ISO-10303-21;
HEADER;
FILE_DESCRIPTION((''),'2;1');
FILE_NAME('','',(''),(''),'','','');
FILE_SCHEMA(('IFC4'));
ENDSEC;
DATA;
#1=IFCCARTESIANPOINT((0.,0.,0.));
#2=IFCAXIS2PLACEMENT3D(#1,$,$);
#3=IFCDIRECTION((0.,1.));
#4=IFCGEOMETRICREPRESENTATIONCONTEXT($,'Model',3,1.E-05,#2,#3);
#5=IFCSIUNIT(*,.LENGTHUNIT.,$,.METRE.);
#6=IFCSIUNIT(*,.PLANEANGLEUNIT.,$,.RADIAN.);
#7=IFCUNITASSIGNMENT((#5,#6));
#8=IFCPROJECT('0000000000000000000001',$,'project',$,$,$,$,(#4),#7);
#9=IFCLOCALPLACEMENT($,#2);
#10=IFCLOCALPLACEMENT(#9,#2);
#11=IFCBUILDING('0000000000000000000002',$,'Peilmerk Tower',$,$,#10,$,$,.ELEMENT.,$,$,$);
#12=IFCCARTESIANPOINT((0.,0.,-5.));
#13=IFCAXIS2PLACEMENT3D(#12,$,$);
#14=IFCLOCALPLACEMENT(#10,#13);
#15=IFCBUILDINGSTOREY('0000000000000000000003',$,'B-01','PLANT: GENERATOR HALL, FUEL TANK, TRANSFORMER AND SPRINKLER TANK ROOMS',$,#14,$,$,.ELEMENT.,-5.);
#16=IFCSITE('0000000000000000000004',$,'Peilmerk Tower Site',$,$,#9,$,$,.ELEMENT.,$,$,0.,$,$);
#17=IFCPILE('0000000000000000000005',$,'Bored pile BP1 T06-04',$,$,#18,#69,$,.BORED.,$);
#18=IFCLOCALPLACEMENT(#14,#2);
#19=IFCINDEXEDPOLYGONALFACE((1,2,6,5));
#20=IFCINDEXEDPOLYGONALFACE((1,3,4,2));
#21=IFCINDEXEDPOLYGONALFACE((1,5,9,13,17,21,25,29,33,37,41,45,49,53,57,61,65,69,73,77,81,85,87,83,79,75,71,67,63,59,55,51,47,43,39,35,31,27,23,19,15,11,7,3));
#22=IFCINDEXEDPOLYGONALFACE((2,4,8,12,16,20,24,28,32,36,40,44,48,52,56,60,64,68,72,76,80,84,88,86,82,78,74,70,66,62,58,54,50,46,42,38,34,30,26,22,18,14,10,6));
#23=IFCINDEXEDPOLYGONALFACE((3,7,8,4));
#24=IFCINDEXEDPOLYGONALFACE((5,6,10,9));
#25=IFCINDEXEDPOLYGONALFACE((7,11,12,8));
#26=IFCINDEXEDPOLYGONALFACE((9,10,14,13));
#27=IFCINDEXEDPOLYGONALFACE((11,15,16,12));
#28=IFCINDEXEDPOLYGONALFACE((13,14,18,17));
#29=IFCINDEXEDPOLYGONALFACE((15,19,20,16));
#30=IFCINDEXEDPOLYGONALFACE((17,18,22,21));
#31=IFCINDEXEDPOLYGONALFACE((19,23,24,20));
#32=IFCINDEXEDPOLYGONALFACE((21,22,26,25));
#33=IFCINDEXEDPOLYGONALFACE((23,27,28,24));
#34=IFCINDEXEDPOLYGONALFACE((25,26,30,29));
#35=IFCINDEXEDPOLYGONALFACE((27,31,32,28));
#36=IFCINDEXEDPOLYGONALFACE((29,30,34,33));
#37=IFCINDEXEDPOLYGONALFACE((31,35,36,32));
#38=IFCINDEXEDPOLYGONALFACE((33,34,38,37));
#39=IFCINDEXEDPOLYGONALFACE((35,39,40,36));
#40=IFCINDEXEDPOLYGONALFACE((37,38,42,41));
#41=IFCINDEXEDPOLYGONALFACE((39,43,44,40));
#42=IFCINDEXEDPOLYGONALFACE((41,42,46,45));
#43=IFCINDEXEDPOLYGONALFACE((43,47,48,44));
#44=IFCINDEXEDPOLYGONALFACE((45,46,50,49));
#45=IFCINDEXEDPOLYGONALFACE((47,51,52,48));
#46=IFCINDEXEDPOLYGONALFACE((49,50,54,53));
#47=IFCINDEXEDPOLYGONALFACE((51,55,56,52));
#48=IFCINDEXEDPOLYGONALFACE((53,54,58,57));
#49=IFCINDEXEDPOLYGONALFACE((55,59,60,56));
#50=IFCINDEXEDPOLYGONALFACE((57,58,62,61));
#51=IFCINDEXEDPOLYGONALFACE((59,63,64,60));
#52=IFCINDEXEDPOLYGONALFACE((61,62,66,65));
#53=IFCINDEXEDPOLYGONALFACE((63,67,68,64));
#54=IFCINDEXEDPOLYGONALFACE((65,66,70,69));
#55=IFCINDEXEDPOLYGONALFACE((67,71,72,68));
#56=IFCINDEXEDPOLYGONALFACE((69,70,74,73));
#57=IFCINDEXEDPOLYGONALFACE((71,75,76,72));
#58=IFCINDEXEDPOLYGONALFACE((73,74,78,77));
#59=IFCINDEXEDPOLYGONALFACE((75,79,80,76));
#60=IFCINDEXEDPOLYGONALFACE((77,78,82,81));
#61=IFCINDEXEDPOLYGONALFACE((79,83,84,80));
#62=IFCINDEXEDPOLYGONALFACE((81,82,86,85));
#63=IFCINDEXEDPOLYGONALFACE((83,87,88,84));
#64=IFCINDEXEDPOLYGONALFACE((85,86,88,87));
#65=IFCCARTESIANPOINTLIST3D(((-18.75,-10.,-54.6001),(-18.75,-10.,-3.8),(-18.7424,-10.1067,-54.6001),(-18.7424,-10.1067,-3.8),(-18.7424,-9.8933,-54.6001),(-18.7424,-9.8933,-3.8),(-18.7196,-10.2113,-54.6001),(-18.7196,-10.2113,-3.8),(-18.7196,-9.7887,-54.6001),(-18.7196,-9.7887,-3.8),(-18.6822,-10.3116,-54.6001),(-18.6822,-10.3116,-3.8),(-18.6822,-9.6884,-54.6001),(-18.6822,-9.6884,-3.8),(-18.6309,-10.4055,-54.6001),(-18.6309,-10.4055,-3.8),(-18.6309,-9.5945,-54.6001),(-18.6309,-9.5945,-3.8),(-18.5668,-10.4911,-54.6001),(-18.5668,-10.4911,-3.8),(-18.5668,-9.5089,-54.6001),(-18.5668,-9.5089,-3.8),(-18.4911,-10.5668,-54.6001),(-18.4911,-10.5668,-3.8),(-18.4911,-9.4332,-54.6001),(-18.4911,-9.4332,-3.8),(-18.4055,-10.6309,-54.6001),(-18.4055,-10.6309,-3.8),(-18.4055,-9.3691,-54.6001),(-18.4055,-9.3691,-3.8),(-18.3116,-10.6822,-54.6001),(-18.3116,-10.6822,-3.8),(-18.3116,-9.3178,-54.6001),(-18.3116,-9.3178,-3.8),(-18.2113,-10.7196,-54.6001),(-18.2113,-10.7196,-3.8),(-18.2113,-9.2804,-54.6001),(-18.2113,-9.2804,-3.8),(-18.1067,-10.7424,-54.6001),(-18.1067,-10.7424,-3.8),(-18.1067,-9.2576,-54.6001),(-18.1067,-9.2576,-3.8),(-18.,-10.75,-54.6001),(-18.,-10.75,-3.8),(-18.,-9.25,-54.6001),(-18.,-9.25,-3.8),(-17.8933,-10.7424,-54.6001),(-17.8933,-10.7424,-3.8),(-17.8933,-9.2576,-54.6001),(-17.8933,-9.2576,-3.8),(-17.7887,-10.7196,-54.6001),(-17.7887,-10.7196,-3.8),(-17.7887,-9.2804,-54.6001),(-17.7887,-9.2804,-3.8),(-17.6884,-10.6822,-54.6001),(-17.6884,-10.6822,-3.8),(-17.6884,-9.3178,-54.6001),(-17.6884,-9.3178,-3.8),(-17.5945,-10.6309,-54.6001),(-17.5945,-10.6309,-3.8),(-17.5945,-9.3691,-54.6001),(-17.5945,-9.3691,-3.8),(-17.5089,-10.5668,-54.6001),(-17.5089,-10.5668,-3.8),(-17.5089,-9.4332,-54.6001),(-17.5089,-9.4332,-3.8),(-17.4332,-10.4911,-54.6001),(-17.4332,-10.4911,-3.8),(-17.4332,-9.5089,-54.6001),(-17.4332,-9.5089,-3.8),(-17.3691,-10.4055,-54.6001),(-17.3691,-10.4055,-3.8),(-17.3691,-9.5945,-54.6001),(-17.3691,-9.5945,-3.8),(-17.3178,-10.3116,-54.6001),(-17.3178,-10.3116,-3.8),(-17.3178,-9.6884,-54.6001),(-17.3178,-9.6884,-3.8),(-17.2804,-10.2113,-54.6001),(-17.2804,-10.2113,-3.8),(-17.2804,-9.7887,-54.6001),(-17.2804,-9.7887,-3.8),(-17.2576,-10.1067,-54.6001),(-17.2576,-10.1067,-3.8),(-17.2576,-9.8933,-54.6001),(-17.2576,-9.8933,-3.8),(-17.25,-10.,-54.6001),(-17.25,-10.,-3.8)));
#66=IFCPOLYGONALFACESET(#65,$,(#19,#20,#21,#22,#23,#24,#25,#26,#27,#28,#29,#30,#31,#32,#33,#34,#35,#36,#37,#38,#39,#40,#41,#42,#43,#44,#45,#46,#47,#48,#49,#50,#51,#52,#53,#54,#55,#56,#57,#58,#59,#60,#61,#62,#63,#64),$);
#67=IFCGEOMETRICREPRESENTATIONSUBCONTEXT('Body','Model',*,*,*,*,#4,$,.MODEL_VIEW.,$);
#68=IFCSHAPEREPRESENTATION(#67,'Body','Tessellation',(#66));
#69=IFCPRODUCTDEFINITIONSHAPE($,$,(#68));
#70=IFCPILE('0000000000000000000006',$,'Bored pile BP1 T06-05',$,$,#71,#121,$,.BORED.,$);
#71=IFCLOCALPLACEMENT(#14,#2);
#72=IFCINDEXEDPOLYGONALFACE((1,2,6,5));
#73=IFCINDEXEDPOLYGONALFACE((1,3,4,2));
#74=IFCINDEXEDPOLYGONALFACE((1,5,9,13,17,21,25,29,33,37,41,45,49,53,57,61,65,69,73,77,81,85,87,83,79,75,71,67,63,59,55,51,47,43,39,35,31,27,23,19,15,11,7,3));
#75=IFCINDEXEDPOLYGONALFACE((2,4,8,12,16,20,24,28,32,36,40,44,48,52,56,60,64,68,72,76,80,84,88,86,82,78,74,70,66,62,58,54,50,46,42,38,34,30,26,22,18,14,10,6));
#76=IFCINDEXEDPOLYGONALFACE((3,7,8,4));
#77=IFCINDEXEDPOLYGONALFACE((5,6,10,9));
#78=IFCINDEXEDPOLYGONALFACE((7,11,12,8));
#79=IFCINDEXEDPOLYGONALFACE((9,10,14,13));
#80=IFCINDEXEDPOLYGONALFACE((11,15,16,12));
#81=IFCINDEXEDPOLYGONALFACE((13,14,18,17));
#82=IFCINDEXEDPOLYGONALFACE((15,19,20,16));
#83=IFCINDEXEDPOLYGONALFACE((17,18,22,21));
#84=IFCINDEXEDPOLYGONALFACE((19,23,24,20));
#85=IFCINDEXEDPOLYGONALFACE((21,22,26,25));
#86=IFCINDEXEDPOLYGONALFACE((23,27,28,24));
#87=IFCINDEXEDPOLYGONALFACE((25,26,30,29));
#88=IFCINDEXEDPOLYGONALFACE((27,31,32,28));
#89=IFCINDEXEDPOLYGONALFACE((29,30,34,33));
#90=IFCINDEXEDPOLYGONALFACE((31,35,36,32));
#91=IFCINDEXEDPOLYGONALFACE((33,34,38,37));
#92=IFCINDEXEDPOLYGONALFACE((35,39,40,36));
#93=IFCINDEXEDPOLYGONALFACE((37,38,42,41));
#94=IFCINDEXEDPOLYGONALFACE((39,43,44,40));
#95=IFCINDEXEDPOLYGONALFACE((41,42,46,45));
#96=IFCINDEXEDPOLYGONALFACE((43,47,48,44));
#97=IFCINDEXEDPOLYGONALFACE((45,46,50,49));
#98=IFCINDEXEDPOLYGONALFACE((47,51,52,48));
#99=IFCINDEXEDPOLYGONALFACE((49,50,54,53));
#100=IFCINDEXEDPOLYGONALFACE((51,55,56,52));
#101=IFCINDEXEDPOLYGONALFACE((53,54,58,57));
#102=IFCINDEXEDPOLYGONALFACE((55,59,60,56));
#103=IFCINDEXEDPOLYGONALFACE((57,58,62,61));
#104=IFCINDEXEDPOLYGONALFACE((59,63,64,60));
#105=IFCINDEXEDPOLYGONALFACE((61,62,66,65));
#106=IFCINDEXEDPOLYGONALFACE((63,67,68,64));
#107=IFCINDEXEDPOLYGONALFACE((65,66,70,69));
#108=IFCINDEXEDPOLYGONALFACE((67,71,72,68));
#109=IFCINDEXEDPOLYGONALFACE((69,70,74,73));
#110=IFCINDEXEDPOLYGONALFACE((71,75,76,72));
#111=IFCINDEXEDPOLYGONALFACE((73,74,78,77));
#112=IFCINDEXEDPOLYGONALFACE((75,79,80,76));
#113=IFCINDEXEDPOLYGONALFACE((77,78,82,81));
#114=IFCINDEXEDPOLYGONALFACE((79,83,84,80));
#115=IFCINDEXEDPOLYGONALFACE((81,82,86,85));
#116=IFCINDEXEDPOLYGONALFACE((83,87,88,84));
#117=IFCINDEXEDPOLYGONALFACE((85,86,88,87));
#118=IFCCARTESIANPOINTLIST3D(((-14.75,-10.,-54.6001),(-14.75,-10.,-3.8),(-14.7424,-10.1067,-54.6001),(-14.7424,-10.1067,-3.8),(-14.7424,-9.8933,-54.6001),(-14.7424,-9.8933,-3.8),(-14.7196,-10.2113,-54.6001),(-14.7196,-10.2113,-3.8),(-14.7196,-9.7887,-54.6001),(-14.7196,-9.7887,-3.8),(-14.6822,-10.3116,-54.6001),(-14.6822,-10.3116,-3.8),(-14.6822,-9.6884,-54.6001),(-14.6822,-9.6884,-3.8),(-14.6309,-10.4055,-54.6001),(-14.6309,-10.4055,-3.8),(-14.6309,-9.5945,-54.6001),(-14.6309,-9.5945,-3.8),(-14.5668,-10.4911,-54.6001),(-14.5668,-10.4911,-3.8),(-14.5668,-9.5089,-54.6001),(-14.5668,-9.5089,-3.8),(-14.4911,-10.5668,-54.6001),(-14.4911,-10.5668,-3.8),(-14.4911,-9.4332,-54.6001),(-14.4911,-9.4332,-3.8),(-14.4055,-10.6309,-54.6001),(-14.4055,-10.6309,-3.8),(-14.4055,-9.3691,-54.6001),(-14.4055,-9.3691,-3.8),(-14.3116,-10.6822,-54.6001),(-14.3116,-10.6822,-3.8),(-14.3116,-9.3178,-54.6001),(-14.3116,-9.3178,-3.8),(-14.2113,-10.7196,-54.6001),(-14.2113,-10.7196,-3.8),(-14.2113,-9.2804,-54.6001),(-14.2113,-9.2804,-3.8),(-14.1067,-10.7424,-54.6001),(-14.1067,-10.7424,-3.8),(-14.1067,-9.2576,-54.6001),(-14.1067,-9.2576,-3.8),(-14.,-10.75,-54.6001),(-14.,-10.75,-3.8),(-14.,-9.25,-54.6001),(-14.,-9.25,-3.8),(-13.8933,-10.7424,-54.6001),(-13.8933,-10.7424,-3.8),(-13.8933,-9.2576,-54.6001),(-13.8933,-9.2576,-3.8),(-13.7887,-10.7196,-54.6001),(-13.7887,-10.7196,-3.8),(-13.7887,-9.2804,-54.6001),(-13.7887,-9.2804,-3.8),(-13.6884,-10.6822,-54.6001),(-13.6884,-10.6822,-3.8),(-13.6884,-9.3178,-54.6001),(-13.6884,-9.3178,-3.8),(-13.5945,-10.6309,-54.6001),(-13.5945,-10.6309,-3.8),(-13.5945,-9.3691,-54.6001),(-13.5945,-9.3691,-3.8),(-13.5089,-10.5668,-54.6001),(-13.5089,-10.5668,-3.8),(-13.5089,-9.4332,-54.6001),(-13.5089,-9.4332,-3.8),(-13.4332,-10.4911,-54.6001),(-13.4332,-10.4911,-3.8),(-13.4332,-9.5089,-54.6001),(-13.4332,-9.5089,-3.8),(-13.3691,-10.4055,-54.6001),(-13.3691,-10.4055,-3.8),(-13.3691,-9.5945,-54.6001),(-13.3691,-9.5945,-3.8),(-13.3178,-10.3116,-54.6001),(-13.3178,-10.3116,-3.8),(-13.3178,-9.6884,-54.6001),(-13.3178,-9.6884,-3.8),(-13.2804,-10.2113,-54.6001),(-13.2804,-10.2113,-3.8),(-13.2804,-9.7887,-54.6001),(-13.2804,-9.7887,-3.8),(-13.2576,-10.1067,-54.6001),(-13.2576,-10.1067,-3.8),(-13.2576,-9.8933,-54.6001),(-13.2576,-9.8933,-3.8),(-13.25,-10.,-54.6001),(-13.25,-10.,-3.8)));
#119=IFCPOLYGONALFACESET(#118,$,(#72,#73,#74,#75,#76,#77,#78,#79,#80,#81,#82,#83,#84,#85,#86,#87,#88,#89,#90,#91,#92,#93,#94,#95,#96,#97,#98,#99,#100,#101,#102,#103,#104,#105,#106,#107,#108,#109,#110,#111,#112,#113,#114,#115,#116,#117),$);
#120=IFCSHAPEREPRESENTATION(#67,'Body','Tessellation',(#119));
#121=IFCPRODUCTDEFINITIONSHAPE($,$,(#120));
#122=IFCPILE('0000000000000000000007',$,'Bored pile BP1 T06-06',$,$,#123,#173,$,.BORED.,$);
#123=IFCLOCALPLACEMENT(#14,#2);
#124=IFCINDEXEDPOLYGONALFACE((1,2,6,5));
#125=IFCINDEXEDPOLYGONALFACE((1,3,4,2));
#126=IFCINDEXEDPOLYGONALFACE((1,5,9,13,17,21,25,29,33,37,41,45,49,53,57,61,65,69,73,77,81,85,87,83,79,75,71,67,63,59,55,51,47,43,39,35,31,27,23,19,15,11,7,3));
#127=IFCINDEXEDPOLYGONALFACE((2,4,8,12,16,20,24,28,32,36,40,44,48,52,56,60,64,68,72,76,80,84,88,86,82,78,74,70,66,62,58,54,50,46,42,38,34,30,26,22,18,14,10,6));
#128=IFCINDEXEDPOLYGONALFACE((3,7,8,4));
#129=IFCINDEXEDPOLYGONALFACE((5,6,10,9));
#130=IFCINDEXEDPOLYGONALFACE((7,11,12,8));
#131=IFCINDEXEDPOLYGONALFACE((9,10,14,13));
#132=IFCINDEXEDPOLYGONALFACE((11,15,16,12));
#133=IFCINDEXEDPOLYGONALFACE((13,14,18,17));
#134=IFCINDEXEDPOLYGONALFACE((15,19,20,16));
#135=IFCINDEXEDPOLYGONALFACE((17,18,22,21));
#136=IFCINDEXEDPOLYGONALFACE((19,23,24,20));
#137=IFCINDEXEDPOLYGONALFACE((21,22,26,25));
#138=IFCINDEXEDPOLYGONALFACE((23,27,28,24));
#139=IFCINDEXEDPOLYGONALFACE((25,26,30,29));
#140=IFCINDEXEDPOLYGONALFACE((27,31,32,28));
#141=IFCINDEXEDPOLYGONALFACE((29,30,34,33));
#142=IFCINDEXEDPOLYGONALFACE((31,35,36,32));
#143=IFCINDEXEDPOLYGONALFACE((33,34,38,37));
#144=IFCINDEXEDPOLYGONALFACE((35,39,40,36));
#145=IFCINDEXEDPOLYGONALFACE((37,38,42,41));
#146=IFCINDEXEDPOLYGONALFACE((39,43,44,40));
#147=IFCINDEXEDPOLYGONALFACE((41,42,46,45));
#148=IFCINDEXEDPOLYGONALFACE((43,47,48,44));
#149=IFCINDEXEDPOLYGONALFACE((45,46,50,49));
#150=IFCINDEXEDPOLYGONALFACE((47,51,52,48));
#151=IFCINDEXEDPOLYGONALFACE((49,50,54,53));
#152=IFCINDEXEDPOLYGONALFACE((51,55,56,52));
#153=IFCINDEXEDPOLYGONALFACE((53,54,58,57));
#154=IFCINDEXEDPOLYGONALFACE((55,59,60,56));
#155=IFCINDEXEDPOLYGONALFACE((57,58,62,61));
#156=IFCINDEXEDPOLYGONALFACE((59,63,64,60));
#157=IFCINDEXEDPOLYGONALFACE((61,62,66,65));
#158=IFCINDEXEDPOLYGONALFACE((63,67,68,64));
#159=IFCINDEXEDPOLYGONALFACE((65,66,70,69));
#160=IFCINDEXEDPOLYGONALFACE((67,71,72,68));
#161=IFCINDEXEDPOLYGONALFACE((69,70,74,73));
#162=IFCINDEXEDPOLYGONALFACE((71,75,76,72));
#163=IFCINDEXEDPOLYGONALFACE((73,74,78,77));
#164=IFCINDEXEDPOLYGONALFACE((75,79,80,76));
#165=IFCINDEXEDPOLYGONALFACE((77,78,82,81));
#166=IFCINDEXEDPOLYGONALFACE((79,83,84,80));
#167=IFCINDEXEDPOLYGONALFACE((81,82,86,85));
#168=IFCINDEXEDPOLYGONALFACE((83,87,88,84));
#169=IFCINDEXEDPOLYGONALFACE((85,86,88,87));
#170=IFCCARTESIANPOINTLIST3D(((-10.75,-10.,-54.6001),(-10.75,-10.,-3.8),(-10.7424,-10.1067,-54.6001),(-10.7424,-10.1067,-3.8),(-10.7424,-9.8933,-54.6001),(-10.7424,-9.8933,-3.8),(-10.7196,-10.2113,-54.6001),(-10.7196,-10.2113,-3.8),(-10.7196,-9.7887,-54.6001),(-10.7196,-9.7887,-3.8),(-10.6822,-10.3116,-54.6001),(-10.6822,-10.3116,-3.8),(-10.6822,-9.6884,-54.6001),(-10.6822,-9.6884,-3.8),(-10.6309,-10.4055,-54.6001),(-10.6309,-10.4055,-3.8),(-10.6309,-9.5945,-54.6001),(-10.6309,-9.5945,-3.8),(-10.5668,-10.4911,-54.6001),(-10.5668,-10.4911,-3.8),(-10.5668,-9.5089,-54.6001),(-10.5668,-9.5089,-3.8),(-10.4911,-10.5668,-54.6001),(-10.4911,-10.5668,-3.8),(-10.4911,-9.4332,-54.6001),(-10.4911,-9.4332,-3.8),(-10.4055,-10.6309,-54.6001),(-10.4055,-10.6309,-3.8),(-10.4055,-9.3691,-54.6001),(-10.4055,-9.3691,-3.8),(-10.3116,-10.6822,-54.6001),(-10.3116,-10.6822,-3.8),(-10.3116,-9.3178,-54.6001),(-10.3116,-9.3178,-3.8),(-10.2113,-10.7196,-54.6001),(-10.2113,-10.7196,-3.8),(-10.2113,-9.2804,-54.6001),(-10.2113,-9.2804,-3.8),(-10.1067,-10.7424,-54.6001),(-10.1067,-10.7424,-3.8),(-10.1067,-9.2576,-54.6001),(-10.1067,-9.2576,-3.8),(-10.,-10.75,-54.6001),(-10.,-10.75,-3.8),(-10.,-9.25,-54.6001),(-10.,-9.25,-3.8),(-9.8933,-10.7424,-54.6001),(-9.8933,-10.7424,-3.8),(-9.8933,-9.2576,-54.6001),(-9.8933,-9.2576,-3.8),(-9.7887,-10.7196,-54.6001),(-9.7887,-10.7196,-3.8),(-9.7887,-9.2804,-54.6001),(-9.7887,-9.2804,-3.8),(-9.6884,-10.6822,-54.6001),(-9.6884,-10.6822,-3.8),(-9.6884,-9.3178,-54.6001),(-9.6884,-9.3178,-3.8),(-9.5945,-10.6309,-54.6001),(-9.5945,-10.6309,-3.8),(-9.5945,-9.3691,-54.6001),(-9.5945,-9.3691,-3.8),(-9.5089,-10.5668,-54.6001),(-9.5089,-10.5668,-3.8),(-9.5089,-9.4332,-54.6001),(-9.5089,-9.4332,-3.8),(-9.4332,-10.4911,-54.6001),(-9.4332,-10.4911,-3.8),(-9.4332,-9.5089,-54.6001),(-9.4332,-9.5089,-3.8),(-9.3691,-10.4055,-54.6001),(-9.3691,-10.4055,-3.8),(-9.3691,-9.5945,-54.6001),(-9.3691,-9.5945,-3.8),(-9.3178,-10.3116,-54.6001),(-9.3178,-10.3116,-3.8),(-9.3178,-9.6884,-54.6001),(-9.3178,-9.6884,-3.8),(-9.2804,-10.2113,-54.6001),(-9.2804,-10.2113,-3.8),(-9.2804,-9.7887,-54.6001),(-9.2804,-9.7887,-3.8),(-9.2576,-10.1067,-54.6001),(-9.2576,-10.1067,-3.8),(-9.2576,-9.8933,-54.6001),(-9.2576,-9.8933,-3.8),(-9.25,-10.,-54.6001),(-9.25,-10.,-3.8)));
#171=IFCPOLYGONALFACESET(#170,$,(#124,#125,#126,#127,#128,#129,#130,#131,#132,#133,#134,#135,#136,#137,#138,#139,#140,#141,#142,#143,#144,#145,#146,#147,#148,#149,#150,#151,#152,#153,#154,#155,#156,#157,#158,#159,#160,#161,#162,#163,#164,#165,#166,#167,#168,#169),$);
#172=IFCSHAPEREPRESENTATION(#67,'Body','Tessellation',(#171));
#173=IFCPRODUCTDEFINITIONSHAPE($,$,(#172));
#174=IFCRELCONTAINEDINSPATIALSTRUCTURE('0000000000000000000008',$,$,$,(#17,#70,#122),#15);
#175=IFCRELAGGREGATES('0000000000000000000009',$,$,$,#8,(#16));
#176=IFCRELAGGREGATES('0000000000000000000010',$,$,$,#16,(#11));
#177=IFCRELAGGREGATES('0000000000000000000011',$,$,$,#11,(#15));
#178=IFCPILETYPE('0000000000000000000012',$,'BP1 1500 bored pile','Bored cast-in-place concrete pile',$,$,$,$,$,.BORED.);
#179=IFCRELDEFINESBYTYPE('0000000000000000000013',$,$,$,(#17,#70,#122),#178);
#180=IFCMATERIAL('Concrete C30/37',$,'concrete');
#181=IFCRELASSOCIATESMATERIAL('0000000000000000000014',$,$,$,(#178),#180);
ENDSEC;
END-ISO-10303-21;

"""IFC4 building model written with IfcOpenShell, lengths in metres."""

from ifc_helpers import new_model, si_unit, direction, frame, origin, origin_2d, place, context, subcontext, project, spatial, circle, extrude, material, material_profile, profile_set, type_object, element, save


model = new_model("IFC4")

# Units and contexts
model_context = context("Model", 3, precision=1e-05, world=origin(), true_north=direction((0.0, 1.0)))
body_context = subcontext(model_context, "Body", "Model", "MODEL_VIEW")
ifc_project = project(units=[si_unit("LENGTHUNIT", "METRE"), si_unit("PLANEANGLEUNIT", "RADIAN")], contexts=[model_context])

# Site, building, storey
site_placement = place(None, origin())
site = spatial("IfcSite", under=ifc_project, at=site_placement, Name="Peilmerk Tower Site", CompositionType="ELEMENT", RefElevation=0.0)
building_placement = place(site_placement, origin())
building = spatial("IfcBuilding", under=site, at=building_placement, Name="Peilmerk Tower", CompositionType="ELEMENT")
storey_placement = place(building_placement, frame((0.0, 0.0, -5.0)))
storey = spatial("IfcBuildingStorey", under=building, at=storey_placement, Name="B-01", Description="PLANT: GENERATOR HALL, FUEL TANK, TRANSFORMER AND SPRINKLER TANK ROOMS", CompositionType="ELEMENT", Elevation=-5.0)

# Piles
ifc_material_1 = material(Name="Concrete C30/37", Category="concrete")
ifc_material_profile_1 = material_profile(ifc_material_1, circle(Radius=0.75, at=origin_2d()), Name="BP 1500")
ifc_profile_set_1 = profile_set([ifc_material_profile_1], Name="Concrete C30/37")
pile_type = type_object("IfcPileType", Name="BP1 1500 bored pile", Description="Bored cast-in-place concrete pile", PredefinedType="BORED", material=ifc_profile_set_1)
for number, where, z_axis, x_axis, name in (
    (1, (-18.0, -10.0, -3.8), (0.0, 0.0, -1.0), (1.0, 0.0, 0.0), "Bored pile BP1 T06-04"),
    (2, (-14.0, -10.0, -3.8), (0.0, 0.0, -1.0), (1.0, 0.0, 0.0), "Bored pile BP1 T06-05"),
    (3, (-10.0, -10.0, -3.8), (0.0, 0.0, -1.0), (1.0, 0.0, 0.0), "Bored pile BP1 T06-06"),
):
    element("IfcPile", number, at=place(storey_placement, frame(where, z_axis=z_axis, x_axis=x_axis)), inside=storey, type_object=pile_type, Name=name, PredefinedType="BORED", context=body_context, shape_type="SweptSolid", body=[
        extrude(circle(Radius=0.75, at=origin_2d()), origin(), (0.0, 0.0, 1.0), 50.8),
    ])

save(model, "model.ifc")
